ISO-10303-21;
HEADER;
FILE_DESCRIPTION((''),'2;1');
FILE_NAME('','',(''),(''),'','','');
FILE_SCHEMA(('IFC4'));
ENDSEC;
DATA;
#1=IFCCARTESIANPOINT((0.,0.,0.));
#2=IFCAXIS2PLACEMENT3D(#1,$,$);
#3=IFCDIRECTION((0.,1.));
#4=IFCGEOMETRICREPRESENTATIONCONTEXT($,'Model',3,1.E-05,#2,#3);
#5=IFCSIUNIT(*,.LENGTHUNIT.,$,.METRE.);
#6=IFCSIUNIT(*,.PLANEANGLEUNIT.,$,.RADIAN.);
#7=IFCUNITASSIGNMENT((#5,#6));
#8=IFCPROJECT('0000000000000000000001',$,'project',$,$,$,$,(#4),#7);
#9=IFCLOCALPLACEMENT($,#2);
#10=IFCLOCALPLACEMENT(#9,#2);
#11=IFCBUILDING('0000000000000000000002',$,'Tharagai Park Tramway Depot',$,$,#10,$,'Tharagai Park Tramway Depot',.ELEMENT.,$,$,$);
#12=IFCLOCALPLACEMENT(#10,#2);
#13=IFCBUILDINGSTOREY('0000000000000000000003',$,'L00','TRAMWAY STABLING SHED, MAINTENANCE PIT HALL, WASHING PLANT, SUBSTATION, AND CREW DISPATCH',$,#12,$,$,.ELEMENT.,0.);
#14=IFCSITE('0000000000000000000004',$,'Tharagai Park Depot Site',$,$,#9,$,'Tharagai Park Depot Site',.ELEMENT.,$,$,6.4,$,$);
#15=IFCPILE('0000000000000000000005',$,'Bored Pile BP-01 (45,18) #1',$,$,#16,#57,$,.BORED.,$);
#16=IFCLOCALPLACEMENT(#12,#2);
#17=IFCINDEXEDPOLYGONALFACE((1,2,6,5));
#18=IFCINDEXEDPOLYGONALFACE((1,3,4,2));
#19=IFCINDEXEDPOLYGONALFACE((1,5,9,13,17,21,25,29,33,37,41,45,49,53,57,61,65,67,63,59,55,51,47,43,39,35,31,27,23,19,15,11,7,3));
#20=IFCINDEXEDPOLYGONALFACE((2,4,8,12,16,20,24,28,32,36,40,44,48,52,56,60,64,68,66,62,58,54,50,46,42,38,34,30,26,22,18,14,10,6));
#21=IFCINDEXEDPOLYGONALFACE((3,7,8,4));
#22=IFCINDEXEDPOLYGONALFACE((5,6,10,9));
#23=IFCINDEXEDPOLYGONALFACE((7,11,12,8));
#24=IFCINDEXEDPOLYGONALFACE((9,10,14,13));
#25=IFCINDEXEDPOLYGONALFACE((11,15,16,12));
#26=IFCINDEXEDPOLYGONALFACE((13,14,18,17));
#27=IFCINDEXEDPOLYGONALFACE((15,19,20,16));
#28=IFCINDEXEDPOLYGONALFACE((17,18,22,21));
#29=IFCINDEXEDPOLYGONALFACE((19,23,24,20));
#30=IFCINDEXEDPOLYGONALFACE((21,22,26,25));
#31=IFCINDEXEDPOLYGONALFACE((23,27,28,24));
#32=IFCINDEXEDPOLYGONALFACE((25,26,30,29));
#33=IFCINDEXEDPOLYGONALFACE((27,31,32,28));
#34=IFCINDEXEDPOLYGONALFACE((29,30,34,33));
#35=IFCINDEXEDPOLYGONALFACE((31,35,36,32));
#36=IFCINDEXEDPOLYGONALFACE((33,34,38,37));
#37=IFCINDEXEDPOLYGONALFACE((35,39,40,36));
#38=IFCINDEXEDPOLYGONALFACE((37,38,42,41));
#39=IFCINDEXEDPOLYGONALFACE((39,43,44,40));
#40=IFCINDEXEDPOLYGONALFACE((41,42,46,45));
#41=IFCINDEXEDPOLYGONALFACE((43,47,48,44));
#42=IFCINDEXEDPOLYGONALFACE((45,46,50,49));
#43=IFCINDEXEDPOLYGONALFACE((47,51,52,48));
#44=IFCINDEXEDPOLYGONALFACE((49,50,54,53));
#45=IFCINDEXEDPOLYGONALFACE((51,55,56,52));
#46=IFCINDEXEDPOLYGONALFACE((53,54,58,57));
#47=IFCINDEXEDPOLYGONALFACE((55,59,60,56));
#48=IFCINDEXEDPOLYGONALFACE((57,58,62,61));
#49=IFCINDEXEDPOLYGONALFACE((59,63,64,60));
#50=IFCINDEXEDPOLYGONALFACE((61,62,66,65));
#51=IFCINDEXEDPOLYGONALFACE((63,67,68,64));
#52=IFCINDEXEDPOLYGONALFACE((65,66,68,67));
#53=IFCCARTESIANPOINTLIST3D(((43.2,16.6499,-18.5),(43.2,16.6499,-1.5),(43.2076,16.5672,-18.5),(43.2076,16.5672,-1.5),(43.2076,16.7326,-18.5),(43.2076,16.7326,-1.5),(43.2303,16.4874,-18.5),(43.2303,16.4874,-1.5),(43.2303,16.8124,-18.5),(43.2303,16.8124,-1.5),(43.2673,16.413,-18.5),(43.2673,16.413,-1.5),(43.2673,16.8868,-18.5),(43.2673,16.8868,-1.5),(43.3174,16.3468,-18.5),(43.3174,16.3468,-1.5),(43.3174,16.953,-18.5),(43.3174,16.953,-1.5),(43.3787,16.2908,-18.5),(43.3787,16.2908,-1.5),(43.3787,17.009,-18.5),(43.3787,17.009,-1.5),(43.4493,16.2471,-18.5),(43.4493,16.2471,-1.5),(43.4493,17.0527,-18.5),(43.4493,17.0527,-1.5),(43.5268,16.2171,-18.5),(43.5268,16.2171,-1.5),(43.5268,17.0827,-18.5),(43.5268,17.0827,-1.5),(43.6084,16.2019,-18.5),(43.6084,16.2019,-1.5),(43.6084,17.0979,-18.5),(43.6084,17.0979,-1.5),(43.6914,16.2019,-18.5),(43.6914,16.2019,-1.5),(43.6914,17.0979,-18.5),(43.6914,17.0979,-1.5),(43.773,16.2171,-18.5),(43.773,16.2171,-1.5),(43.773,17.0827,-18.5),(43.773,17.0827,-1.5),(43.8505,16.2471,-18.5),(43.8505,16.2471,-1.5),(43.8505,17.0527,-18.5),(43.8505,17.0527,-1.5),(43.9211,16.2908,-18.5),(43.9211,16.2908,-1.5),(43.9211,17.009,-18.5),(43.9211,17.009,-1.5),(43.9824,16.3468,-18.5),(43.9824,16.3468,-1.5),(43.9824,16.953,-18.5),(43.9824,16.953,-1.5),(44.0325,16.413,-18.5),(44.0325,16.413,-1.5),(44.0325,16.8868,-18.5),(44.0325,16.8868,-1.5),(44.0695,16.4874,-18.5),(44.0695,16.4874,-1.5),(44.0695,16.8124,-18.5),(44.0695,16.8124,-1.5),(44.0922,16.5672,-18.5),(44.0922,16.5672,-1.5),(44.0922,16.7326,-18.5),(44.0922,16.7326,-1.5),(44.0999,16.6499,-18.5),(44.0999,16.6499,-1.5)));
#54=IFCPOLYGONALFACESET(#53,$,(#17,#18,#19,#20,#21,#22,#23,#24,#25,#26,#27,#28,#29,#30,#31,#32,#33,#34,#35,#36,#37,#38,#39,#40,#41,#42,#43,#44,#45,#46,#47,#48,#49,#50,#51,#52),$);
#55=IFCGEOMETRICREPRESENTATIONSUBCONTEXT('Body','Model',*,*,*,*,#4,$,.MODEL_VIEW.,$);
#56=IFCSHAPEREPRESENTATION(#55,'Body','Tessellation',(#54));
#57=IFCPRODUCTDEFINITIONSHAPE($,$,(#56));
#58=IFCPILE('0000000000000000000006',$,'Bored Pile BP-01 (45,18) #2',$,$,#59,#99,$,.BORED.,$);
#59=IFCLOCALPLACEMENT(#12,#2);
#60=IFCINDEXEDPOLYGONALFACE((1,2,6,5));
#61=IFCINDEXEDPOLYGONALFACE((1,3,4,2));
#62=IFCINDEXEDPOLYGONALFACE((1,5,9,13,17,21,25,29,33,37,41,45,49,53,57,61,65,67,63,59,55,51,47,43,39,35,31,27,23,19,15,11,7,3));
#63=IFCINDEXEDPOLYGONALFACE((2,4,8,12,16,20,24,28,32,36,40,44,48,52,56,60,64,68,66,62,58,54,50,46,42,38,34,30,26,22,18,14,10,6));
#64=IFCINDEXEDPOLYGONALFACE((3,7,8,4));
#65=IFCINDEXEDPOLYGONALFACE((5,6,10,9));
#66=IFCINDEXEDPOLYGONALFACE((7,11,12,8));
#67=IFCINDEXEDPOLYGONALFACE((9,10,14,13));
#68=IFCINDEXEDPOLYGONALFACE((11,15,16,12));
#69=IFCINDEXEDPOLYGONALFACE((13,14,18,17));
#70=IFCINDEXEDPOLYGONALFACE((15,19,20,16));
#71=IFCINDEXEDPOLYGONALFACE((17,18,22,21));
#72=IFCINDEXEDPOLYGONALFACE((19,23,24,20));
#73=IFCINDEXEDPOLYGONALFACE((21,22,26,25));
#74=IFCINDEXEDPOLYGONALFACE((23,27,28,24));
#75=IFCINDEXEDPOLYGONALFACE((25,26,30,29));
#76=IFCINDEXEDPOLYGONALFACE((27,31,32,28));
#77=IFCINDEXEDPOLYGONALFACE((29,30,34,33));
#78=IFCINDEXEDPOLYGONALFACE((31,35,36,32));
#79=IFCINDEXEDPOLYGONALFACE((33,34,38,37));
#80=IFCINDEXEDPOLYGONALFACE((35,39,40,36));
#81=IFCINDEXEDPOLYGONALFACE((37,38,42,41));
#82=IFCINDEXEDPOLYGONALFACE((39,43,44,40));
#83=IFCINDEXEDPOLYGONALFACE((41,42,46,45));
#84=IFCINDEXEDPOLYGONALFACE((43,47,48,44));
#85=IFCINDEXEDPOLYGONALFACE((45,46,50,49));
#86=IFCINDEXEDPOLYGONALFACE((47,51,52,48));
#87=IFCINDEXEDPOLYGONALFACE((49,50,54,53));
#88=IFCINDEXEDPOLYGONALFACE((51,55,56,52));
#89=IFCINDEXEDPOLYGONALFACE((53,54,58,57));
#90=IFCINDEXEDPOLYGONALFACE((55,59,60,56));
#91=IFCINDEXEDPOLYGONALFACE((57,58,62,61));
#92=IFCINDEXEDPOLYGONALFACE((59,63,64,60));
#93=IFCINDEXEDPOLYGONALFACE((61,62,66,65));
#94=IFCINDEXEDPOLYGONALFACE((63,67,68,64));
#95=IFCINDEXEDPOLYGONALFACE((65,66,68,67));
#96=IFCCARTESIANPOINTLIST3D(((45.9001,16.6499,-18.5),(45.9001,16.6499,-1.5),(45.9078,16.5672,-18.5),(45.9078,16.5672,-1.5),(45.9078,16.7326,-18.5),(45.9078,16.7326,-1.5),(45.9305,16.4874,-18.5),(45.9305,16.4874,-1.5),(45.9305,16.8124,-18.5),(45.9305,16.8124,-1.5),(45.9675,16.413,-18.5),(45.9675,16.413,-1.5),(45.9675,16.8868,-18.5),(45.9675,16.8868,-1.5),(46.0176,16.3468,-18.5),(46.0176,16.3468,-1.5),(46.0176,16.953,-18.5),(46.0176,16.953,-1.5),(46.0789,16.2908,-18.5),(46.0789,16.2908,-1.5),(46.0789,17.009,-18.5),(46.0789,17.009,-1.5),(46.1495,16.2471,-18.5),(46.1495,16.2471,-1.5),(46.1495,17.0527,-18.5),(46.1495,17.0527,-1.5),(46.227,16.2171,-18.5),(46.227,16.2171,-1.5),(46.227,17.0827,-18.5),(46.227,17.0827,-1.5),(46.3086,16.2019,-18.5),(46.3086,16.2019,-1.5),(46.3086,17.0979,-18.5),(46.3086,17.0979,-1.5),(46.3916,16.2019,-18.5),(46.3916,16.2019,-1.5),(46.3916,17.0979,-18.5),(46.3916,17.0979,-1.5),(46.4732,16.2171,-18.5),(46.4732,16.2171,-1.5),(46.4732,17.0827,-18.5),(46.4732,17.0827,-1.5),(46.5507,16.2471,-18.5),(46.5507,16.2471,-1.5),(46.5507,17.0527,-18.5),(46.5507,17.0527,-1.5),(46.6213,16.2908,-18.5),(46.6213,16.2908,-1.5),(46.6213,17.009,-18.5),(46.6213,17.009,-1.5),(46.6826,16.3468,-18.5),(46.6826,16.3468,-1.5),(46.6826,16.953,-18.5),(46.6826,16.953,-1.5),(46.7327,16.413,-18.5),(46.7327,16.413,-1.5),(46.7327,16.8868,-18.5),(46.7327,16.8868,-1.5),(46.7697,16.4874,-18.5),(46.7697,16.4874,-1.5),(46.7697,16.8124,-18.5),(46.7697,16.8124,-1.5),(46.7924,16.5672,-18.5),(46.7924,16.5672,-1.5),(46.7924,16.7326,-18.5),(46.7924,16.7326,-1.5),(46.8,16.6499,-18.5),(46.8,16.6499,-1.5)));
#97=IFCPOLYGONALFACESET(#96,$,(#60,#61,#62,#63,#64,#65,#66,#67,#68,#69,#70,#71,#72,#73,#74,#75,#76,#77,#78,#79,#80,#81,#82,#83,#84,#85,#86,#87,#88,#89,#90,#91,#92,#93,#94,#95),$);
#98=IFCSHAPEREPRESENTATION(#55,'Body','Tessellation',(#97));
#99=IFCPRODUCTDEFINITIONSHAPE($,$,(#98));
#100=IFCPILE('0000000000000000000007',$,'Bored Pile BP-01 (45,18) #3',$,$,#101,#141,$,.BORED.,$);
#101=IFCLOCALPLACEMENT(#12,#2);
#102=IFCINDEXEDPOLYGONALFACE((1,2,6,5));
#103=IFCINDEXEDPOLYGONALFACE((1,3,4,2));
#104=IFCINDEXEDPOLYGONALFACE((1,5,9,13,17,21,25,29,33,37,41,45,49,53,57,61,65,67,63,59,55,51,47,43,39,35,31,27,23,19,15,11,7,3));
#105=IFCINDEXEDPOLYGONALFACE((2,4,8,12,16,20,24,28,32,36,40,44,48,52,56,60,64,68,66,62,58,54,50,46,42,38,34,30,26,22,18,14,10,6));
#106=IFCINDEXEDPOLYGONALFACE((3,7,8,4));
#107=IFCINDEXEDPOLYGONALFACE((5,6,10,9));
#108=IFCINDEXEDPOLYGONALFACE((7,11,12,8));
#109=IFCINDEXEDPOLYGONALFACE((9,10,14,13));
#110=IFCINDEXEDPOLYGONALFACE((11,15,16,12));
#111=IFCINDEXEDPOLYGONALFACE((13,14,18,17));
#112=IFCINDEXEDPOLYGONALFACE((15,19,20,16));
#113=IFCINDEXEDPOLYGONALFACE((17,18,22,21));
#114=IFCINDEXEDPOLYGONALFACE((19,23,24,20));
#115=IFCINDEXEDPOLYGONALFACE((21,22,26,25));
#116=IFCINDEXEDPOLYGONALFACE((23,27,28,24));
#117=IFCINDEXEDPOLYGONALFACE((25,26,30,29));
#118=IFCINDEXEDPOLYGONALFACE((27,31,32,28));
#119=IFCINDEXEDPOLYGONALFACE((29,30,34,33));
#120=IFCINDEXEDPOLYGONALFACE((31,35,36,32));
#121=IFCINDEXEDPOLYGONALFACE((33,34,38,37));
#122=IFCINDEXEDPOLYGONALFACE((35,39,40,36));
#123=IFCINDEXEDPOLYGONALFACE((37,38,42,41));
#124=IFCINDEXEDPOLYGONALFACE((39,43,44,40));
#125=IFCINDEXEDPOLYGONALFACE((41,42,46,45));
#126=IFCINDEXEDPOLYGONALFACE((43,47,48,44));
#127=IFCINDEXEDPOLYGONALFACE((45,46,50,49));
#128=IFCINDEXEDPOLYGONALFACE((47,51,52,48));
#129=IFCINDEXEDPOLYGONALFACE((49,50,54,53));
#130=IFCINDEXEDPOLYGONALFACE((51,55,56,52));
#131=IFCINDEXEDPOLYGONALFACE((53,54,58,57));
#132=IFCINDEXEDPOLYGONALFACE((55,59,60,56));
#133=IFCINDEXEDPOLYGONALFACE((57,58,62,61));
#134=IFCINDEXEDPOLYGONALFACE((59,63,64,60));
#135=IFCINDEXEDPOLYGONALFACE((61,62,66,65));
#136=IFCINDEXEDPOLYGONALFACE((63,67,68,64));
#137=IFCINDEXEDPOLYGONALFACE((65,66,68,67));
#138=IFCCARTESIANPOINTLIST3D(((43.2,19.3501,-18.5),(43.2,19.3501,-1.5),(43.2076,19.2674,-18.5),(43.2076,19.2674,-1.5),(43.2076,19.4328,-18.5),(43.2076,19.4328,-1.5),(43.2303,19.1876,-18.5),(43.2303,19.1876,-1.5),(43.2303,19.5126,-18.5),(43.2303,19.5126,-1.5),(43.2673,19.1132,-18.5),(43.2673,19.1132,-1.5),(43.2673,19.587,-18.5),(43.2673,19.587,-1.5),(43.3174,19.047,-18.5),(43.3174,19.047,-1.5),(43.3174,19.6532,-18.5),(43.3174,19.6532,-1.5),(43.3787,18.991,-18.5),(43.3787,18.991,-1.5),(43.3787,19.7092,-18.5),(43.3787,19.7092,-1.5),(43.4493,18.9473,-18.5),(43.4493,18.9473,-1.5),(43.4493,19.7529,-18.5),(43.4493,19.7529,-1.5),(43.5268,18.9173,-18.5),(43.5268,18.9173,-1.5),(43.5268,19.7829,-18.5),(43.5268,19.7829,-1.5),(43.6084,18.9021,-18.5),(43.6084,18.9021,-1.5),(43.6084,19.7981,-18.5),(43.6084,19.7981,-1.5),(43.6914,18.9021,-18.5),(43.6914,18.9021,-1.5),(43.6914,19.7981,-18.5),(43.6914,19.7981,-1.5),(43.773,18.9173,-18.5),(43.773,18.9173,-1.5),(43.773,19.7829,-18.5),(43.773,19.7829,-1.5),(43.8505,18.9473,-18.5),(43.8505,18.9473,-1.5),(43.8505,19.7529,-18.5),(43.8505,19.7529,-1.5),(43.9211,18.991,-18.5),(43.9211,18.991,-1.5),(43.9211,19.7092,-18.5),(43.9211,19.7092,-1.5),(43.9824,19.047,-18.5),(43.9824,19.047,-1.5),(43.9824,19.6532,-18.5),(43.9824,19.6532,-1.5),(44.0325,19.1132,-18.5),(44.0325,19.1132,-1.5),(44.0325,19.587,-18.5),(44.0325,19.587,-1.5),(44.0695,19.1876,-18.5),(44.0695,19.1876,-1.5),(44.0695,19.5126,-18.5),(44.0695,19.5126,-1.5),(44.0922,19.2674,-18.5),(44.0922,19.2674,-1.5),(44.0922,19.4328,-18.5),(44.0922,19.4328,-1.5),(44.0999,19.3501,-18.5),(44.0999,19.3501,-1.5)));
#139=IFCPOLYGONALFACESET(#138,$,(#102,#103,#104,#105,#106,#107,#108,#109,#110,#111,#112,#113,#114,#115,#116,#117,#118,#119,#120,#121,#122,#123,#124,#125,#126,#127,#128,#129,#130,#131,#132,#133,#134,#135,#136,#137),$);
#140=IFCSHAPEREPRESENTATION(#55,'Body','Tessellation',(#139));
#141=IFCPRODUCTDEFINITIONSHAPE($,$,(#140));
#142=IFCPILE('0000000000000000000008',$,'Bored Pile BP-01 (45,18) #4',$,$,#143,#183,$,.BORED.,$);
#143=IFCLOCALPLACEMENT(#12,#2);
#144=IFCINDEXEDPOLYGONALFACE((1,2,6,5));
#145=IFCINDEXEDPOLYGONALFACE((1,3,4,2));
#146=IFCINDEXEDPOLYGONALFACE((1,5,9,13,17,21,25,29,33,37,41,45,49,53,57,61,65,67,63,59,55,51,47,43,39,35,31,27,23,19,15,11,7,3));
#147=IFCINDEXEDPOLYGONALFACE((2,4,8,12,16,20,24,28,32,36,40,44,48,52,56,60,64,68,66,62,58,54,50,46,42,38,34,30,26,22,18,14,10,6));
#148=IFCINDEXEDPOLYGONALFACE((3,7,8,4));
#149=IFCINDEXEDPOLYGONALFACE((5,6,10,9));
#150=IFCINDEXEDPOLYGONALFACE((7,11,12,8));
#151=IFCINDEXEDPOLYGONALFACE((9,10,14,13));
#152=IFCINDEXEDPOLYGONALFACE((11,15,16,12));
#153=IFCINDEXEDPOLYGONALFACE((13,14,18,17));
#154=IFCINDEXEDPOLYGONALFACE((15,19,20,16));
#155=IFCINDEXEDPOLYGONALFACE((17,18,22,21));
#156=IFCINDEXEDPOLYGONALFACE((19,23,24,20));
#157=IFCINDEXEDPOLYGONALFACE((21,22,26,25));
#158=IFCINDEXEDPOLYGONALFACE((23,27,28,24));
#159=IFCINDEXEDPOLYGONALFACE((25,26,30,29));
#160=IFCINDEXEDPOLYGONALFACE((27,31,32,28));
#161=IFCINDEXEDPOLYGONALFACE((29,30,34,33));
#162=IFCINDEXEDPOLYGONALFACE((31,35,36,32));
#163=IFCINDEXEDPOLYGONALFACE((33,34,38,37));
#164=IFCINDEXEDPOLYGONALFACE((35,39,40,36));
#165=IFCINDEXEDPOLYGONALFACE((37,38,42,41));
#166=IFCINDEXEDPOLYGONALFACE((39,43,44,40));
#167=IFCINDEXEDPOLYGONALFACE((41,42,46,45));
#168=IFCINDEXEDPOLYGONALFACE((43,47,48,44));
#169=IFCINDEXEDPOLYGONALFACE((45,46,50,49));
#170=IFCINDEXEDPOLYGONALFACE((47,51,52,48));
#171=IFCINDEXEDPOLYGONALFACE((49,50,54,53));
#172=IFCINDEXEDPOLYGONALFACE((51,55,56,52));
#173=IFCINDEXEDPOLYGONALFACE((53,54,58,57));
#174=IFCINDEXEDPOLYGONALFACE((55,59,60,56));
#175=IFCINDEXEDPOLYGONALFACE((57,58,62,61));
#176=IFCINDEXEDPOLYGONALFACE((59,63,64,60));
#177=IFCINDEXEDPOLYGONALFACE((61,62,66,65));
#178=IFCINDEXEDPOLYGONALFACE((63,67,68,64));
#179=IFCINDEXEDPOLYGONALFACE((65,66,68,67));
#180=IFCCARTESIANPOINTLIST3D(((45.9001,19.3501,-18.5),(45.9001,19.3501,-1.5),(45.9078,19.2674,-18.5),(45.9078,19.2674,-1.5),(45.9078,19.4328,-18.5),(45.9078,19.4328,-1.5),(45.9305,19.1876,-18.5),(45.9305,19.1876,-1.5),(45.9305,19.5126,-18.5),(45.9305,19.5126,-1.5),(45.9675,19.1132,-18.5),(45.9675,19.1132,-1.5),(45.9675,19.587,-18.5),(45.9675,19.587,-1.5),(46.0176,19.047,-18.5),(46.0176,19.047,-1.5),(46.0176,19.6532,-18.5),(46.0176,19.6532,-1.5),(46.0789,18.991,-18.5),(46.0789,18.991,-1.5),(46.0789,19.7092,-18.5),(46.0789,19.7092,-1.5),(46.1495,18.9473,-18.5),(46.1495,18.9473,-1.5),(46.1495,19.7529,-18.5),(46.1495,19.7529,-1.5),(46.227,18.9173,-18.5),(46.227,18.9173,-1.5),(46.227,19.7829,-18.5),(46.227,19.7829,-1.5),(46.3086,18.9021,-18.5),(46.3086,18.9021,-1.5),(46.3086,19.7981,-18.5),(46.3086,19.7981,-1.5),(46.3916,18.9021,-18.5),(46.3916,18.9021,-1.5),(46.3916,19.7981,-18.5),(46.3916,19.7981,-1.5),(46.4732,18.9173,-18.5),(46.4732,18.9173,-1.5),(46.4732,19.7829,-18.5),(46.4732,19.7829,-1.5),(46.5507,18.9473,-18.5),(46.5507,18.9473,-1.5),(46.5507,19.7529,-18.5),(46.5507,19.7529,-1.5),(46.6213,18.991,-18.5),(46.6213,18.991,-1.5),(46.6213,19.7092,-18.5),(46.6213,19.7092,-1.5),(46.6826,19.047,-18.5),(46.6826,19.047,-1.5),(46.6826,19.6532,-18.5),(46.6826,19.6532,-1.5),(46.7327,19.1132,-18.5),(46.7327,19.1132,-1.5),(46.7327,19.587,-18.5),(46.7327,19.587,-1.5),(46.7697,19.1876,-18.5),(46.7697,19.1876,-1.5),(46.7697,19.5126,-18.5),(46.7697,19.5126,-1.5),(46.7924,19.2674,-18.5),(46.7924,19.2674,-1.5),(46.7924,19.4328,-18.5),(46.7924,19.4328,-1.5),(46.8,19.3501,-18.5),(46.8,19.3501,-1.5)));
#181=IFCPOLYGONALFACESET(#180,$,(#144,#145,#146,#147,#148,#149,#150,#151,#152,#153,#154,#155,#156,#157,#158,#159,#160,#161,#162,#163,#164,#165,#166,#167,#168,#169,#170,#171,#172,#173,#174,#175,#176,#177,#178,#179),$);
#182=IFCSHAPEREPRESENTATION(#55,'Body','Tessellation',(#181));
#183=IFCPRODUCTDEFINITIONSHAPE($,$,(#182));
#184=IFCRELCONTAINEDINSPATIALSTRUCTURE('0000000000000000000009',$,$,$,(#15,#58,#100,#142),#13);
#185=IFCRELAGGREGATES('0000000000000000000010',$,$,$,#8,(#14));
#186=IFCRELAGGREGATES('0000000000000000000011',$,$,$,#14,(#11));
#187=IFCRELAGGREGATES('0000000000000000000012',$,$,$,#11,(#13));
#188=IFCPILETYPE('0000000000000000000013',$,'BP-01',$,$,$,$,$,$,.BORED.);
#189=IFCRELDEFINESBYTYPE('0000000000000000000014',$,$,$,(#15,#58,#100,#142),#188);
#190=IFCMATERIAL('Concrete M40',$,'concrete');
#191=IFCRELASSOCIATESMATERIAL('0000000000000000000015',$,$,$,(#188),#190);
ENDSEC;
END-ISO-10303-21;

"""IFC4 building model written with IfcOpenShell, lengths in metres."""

from ifc_helpers import new_model, si_unit, direction, frame, origin, origin_2d, place, context, subcontext, project, spatial, circle, extrude, material, material_profile, profile_set, type_object, element, save


model = new_model("IFC4")

# Units and contexts
model_context = context("Model", 3, precision=1e-05, world=origin(), true_north=direction((0.0, 1.0)))
body_context = subcontext(model_context, "Body", "Model", "MODEL_VIEW")
ifc_project = project(units=[si_unit("LENGTHUNIT", "METRE"), si_unit("PLANEANGLEUNIT", "RADIAN")], contexts=[model_context])

# Site, building, storey
site_placement = place(None, origin())
site = spatial("IfcSite", under=ifc_project, at=site_placement, Name="Tharagai Park Depot Site", LongName="Tharagai Park Depot Site", CompositionType="ELEMENT", RefElevation=6.4)
building_placement = place(site_placement, origin())
building = spatial("IfcBuilding", under=site, at=building_placement, Name="Tharagai Park Tramway Depot", LongName="Tharagai Park Tramway Depot", CompositionType="ELEMENT")
storey_placement = place(building_placement, origin())
storey = spatial("IfcBuildingStorey", under=building, at=storey_placement, Name="L00", Description="TRAMWAY STABLING SHED, MAINTENANCE PIT HALL, WASHING PLANT, SUBSTATION, AND CREW DISPATCH", CompositionType="ELEMENT", Elevation=0.0)

# Piles
ifc_material_1 = material(Name="Concrete M40", Category="concrete")
ifc_material_profile_1 = material_profile(ifc_material_1, circle(Radius=0.45, at=origin_2d()), Name="PILE D900")
ifc_profile_set_1 = profile_set([ifc_material_profile_1], Name="Concrete M40")
pile_type_1 = type_object("IfcPileType", Name="BP-01", PredefinedType="BORED", material=ifc_profile_set_1)
for number, where, z_axis, x_axis, name in (
    (1, (43.6499, 16.6499, -1.5), (0.0, 0.0, -1.0), (1.0, 0.0, 0.0), "Bored Pile BP-01 (45,18) #1"),
    (2, (46.3501, 16.6499, -1.5), (0.0, 0.0, -1.0), (1.0, 0.0, 0.0), "Bored Pile BP-01 (45,18) #2"),
    (3, (43.6499, 19.3501, -1.5), (0.0, 0.0, -1.0), (1.0, 0.0, 0.0), "Bored Pile BP-01 (45,18) #3"),
    (4, (46.3501, 19.3501, -1.5), (0.0, 0.0, -1.0), (1.0, 0.0, 0.0), "Bored Pile BP-01 (45,18) #4"),
):
    element("IfcPile", number, at=place(storey_placement, frame(where, z_axis=z_axis, x_axis=x_axis)), inside=storey, type_object=pile_type_1, Name=name, PredefinedType="BORED", context=body_context, shape_type="SweptSolid", body=[
        extrude(circle(Radius=0.45, at=origin_2d()), origin(), (0.0, 0.0, 1.0), 17.0),
    ])

save(model, "model.ifc")
